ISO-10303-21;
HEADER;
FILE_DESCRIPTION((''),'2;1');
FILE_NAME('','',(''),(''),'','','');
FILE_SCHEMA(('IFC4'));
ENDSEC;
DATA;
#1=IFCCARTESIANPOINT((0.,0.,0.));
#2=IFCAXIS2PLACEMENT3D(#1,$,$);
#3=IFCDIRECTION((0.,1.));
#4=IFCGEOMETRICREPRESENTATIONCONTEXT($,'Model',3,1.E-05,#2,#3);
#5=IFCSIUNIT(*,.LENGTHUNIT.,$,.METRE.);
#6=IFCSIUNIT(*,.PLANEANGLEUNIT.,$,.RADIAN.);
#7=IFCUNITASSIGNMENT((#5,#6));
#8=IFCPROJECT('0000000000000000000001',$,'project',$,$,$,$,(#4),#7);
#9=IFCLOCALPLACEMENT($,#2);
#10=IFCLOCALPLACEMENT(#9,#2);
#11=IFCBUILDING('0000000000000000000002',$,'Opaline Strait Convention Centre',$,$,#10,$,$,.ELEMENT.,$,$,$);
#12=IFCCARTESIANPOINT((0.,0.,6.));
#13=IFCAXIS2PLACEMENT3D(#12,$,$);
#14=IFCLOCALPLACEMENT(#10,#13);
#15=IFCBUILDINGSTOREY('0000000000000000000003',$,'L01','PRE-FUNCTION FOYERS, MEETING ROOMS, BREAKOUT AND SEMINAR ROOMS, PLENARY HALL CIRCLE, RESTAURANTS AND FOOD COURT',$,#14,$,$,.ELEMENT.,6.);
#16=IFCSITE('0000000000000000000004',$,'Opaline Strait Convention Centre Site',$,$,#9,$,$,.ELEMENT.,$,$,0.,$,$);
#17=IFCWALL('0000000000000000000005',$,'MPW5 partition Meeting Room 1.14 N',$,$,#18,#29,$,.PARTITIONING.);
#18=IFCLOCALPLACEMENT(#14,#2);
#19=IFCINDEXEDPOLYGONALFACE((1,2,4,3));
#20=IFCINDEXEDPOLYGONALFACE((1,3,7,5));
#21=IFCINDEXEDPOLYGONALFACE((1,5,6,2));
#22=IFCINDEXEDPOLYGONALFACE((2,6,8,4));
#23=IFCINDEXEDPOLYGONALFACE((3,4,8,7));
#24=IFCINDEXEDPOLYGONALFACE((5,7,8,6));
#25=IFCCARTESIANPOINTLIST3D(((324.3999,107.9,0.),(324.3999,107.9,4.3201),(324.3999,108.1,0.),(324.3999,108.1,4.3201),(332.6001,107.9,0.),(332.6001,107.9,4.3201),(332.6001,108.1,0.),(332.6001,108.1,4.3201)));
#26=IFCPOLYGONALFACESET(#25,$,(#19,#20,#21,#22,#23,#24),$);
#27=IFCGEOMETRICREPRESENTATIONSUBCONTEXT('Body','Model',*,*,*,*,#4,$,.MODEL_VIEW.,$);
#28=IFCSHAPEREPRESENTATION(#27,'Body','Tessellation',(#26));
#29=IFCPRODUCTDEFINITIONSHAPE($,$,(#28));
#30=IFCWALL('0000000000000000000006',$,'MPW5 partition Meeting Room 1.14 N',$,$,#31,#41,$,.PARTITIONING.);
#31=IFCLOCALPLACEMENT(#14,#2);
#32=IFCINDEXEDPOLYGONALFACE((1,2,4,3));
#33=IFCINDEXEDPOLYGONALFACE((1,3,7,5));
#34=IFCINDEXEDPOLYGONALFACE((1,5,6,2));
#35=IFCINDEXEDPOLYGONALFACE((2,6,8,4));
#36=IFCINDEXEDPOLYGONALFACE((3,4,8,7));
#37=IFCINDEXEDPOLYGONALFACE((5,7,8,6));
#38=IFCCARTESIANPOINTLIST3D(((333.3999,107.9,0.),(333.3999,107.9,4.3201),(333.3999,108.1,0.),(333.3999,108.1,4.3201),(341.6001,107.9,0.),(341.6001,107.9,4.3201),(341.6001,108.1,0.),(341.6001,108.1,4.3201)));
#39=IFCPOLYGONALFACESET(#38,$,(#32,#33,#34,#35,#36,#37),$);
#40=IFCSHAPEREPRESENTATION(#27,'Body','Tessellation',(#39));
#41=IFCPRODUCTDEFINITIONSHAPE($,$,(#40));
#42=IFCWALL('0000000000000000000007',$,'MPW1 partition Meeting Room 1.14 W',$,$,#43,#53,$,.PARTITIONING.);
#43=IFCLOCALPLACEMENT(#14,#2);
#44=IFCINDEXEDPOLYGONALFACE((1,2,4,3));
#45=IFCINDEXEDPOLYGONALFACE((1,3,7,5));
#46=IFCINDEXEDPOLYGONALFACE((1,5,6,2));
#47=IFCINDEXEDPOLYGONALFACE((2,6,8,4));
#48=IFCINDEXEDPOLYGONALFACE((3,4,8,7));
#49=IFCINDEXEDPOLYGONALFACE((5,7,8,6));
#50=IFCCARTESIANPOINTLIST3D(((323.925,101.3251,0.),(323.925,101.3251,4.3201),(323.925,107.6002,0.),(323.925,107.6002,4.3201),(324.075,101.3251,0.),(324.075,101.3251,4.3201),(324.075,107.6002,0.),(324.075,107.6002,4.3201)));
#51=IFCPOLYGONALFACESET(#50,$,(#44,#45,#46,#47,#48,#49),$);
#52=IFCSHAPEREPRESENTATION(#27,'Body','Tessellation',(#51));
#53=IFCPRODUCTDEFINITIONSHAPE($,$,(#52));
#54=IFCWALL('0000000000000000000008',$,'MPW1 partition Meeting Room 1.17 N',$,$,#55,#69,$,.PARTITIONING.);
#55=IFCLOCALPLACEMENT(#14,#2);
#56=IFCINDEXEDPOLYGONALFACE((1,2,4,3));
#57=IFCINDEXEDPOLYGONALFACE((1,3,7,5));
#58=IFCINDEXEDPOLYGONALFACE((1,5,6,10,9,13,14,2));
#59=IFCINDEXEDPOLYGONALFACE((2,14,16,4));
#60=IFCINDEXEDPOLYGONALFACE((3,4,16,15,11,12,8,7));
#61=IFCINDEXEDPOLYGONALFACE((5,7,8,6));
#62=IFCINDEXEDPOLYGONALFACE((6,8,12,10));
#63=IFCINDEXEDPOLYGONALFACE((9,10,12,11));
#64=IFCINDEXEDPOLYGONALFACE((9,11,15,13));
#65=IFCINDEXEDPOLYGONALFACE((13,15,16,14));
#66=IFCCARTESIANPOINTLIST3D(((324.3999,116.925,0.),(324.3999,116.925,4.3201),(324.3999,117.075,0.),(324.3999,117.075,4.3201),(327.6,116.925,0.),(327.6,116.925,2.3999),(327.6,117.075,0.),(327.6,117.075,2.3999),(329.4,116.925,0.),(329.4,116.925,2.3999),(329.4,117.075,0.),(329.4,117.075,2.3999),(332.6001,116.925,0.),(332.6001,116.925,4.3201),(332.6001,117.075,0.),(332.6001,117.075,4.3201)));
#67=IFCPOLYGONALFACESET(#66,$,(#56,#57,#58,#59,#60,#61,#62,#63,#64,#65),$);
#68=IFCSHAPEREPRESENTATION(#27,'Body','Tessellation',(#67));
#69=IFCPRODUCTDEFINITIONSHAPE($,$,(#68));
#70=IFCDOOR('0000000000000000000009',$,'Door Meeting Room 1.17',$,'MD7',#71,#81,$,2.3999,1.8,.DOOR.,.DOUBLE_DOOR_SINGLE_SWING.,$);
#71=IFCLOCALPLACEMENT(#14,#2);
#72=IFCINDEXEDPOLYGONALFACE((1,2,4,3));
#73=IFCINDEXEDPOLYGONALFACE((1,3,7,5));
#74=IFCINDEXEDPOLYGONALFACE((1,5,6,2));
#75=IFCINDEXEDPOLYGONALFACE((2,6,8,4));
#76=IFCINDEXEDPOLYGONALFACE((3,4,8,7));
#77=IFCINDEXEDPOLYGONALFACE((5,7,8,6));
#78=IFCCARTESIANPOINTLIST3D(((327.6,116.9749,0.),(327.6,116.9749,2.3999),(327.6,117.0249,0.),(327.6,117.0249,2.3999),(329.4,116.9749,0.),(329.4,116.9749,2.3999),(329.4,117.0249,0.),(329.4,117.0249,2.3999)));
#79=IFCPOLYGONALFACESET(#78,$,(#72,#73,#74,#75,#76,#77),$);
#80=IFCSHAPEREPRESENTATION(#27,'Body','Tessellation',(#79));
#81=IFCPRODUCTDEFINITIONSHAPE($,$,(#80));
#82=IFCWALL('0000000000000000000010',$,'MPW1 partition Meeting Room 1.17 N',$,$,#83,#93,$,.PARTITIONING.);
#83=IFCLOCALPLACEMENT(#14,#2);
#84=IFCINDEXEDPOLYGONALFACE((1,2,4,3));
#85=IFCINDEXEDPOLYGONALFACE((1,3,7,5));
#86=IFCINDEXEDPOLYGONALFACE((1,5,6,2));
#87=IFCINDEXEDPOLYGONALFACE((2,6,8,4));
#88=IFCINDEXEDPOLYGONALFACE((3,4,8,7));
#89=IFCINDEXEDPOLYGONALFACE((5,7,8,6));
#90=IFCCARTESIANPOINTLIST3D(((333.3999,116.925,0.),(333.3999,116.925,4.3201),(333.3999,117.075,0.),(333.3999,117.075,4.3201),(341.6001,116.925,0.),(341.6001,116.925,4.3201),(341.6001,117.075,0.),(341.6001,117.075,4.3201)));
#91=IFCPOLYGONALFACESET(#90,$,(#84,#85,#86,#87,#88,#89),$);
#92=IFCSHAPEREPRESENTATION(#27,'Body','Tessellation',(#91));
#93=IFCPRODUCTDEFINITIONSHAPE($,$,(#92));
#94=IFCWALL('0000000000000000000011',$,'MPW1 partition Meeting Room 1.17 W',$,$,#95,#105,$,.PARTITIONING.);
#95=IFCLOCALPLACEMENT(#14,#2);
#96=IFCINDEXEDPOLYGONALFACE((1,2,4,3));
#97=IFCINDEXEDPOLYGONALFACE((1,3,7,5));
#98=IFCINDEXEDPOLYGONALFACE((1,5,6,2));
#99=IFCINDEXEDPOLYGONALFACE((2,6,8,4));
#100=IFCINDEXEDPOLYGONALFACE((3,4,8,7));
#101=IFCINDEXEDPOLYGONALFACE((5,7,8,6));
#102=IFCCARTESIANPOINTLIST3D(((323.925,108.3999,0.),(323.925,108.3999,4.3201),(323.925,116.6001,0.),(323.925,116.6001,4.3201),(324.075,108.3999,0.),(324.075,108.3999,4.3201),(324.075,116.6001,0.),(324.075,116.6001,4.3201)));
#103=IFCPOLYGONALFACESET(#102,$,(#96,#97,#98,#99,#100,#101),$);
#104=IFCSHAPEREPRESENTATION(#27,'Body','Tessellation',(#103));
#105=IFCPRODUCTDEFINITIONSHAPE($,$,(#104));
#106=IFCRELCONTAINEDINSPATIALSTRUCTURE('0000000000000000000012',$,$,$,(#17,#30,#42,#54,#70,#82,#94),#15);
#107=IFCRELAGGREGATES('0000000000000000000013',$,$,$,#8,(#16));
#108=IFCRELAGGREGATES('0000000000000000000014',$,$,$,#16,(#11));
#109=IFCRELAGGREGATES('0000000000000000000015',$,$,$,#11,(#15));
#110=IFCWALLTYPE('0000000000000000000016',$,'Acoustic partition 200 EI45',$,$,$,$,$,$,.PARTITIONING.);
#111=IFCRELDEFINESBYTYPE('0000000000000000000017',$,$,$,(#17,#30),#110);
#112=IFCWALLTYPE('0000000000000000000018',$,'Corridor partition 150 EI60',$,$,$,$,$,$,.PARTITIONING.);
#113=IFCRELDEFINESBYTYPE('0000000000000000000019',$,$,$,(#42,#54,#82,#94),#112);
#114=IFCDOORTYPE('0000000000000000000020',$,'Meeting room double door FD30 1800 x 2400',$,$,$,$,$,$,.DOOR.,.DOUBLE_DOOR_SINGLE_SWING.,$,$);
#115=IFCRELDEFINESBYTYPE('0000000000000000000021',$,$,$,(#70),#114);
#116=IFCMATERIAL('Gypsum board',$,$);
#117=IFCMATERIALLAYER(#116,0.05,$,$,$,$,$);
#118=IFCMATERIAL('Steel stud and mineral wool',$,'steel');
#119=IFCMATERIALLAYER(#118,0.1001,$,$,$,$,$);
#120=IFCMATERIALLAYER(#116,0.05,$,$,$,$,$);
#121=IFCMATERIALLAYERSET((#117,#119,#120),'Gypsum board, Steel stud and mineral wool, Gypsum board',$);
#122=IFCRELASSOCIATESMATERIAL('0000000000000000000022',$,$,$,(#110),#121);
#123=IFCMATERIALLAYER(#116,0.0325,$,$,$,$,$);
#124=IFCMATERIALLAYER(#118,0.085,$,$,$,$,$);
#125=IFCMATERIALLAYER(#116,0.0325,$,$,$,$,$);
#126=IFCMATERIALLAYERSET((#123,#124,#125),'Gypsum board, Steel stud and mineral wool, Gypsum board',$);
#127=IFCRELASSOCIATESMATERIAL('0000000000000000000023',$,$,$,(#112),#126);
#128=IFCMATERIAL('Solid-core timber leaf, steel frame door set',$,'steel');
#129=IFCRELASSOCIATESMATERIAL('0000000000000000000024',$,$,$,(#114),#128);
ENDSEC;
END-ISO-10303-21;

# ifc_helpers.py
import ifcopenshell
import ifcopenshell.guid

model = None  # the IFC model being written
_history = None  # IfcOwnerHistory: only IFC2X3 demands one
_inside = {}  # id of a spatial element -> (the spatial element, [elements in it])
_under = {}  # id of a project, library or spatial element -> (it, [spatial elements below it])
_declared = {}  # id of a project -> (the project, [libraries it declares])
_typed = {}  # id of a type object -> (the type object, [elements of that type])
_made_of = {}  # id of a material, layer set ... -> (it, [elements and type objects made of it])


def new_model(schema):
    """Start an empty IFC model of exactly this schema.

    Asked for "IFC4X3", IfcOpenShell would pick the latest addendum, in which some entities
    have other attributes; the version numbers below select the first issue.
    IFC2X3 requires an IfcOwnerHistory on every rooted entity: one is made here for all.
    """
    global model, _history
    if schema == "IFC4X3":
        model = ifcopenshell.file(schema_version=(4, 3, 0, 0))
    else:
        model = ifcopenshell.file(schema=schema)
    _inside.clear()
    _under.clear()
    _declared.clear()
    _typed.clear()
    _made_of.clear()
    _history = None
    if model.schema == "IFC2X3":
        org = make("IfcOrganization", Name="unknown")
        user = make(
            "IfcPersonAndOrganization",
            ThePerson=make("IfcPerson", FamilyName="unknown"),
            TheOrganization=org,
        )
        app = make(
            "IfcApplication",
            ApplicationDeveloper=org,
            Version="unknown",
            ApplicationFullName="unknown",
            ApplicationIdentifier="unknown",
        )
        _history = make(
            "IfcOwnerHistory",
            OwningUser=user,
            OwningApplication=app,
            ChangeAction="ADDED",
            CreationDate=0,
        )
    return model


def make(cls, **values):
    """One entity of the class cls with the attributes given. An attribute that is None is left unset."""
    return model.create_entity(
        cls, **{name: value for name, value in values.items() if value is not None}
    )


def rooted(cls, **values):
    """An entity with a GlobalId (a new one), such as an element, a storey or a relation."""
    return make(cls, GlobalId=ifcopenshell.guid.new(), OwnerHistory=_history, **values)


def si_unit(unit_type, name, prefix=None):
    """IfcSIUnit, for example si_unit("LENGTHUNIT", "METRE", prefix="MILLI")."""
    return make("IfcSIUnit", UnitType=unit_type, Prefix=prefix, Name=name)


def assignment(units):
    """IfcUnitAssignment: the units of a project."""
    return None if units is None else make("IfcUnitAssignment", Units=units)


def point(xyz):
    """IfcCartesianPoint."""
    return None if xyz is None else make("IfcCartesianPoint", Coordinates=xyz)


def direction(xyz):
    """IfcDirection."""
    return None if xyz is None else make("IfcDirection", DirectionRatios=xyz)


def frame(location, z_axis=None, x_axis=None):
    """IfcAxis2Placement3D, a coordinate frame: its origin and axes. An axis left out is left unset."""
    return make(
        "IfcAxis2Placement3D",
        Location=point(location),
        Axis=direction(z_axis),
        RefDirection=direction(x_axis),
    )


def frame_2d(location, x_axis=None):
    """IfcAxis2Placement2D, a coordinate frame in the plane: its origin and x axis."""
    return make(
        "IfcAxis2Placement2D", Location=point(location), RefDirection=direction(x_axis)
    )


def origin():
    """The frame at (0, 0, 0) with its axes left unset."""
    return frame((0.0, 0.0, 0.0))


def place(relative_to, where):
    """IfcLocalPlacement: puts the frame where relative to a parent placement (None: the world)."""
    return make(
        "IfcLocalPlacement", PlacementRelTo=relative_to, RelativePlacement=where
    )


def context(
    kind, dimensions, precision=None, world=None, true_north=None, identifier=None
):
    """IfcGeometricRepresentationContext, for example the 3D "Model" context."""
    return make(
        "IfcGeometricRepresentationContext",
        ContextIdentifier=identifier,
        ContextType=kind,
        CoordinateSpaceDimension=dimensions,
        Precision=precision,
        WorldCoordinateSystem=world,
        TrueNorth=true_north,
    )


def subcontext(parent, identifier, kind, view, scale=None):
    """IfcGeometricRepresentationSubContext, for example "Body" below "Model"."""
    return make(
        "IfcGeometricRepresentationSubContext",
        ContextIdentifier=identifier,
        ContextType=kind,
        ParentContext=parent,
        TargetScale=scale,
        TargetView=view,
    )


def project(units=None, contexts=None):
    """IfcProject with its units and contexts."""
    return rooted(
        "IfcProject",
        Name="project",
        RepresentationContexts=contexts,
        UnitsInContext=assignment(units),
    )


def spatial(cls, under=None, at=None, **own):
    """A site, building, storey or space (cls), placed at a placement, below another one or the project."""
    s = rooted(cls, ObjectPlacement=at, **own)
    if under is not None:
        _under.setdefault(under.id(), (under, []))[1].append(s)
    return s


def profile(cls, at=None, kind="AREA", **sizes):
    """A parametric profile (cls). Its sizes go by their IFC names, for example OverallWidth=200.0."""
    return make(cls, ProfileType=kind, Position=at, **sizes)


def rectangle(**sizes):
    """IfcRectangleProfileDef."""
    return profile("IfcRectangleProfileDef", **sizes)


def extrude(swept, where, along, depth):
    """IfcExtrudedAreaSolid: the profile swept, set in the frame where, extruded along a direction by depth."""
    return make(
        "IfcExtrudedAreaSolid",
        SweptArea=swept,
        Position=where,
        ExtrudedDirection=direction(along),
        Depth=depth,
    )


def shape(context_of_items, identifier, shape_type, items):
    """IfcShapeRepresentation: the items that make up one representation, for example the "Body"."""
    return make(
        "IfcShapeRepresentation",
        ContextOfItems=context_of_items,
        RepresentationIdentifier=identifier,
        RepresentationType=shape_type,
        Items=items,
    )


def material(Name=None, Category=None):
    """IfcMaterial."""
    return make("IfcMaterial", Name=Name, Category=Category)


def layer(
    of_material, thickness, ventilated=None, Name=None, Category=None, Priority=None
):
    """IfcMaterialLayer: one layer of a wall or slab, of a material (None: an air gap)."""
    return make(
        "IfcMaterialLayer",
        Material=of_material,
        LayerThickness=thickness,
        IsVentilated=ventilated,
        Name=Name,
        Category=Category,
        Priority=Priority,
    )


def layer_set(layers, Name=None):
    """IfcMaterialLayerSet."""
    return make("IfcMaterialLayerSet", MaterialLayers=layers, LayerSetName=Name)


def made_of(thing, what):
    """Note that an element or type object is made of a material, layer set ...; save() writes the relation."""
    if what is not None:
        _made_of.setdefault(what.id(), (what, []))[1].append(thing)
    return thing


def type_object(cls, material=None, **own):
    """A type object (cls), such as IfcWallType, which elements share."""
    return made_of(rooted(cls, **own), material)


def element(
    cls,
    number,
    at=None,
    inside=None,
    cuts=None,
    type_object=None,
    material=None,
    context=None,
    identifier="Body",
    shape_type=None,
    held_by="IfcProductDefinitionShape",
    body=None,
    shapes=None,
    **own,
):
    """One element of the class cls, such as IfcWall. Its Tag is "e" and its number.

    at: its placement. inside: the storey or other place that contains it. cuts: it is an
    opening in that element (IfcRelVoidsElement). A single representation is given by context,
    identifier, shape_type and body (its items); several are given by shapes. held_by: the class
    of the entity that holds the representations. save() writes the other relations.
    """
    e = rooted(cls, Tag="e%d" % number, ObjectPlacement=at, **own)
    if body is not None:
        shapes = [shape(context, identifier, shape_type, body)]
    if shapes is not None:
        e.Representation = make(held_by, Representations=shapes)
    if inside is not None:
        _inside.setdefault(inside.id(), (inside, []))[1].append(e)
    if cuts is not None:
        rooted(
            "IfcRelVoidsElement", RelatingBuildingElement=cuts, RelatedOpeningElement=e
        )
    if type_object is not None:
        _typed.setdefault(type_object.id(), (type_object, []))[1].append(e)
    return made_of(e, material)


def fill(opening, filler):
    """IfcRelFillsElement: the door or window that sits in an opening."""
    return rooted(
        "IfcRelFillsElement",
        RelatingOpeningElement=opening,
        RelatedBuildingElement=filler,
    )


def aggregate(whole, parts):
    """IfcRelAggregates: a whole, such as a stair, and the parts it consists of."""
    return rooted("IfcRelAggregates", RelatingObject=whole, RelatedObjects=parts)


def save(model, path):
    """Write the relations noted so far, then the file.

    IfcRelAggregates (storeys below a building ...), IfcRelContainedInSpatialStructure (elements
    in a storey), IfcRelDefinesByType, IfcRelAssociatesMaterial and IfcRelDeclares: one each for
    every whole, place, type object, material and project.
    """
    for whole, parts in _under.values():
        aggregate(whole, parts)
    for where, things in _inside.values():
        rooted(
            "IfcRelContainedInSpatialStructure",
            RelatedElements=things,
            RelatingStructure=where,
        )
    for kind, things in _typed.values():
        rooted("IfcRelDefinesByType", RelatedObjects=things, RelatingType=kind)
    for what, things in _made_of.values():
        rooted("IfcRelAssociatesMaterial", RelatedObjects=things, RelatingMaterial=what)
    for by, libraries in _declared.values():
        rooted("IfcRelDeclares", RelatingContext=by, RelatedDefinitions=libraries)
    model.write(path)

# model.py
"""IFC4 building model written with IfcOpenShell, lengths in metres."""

from ifc_helpers import new_model, si_unit, direction, frame, frame_2d, origin, place, context, subcontext, project, spatial, rectangle, extrude, material, layer, layer_set, type_object, element, fill, save


model = new_model("IFC4")

# Units and contexts
model_context = context("Model", 3, precision=1e-05, world=origin(), true_north=direction((0.0, 1.0)))
body_context = subcontext(model_context, "Body", "Model", "MODEL_VIEW")
ifc_project = project(units=[si_unit("LENGTHUNIT", "METRE"), si_unit("PLANEANGLEUNIT", "RADIAN")], contexts=[model_context])

# Site, building, storey
site_placement = place(None, origin())
site = spatial("IfcSite", under=ifc_project, at=site_placement, Name="Opaline Strait Convention Centre Site", CompositionType="ELEMENT", RefElevation=0.0)
building_placement = place(site_placement, origin())
building = spatial("IfcBuilding", under=site, at=building_placement, Name="Opaline Strait Convention Centre", CompositionType="ELEMENT")
storey_placement = place(building_placement, frame((0.0, 0.0, 6.0)))
storey = spatial("IfcBuildingStorey", under=building, at=storey_placement, Name="L01", Description="PRE-FUNCTION FOYERS, MEETING ROOMS, BREAKOUT AND SEMINAR ROOMS, PLENARY HALL CIRCLE, RESTAURANTS AND FOOD COURT", CompositionType="ELEMENT", Elevation=6.0)

# Walls
ifc_material_1 = material(Name="Gypsum board")
ifc_layer_1 = layer(ifc_material_1, 0.05)
ifc_material_2 = material(Name="Steel stud and mineral wool", Category="steel")
ifc_layer_2 = layer(ifc_material_2, 0.1001)
ifc_layer_3 = layer(ifc_material_1, 0.05)
ifc_layer_set_1 = layer_set([ifc_layer_1, ifc_layer_2, ifc_layer_3], Name="Gypsum board, Steel stud and mineral wool, Gypsum board")
wall_type_1 = type_object("IfcWallType", Name="Acoustic partition 200 EI45", PredefinedType="PARTITIONING", material=ifc_layer_set_1)
for number, where, z_axis, x_axis, name in (
    (1, (324.3999, 108.0, 0.0), (0.0, 0.0, 1.0), (1.0, 0.0, 0.0), "MPW5 partition Meeting Room 1.14 N"),
    (2, (333.3999, 108.0, 0.0), (0.0, 0.0, 1.0), (1.0, 0.0, 0.0), "MPW5 partition Meeting Room 1.14 N"),
):
    element("IfcWall", number, at=place(storey_placement, frame(where, z_axis=z_axis, x_axis=x_axis)), inside=storey, type_object=wall_type_1, Name=name, PredefinedType="PARTITIONING", context=body_context, shape_type="SweptSolid", body=[
        extrude(rectangle(XDim=8.2002, YDim=0.2, at=frame_2d((4.1001, 0.0))), origin(), (0.0, 0.0, 1.0), 4.3201),
    ])
ifc_layer_4 = layer(ifc_material_1, 0.0325)
ifc_layer_5 = layer(ifc_material_2, 0.085)
ifc_layer_6 = layer(ifc_material_1, 0.0325)
ifc_layer_set_2 = layer_set([ifc_layer_4, ifc_layer_5, ifc_layer_6], Name="Gypsum board, Steel stud and mineral wool, Gypsum board")
wall_type_2 = type_object("IfcWallType", Name="Corridor partition 150 EI60", PredefinedType="PARTITIONING", material=ifc_layer_set_2)
wall_1_placement = place(storey_placement, frame((324.0, 101.325, 0.0), z_axis=(0.0, 0.0, 1.0), x_axis=(0.0, 1.0, 0.0)))
element("IfcWall", 3, at=wall_1_placement, inside=storey, type_object=wall_type_2, Name="MPW1 partition Meeting Room 1.14 W", PredefinedType="PARTITIONING", context=body_context, shape_type="SweptSolid", body=[
    extrude(rectangle(XDim=6.2751, YDim=0.1499, at=frame_2d((3.1377, 0.0))), origin(), (0.0, 0.0, 1.0), 4.3201),
])

# Wall, opening, door
wall_2_placement = place(storey_placement, frame((324.3999, 117.0, 0.0), z_axis=(0.0, 0.0, 1.0), x_axis=(1.0, 0.0, 0.0)))
wall_2 = element("IfcWall", 4, at=wall_2_placement, inside=storey, type_object=wall_type_2, Name="MPW1 partition Meeting Room 1.17 N", PredefinedType="PARTITIONING", context=body_context, shape_type="SweptSolid", body=[
    extrude(rectangle(XDim=8.2002, YDim=0.1499, at=frame_2d((4.1001, 0.0))), origin(), (0.0, 0.0, 1.0), 4.3201),
])
opening_placement = place(wall_2_placement, frame((3.2002, 0.0, 0.0)))
opening = element("IfcOpeningElement", 5, at=opening_placement, cuts=wall_2, PredefinedType="OPENING", context=body_context, shape_type="SweptSolid", body=[
    extrude(rectangle(XDim=1.8, YDim=2.3999, at=frame_2d((0.8999, 1.2))), frame((0.0, 0.085, 0.0), z_axis=(0.0, -1.0, 0.0), x_axis=(1.0, 0.0, 0.0)), (0.0, 0.0, 1.0), 0.1699),
])
ifc_material_3 = material(Name="Solid-core timber leaf, steel frame door set", Category="steel")
door_type = type_object("IfcDoorType", Name="Meeting room double door FD30 1800 x 2400", OperationType="DOUBLE_DOOR_SINGLE_SWING", PredefinedType="DOOR", material=ifc_material_3)
door_placement = place(opening_placement, origin())
door = element("IfcDoor", 6, at=door_placement, inside=storey, type_object=door_type, Name="Door Meeting Room 1.17", ObjectType="MD7", OperationType="DOUBLE_DOOR_SINGLE_SWING", OverallHeight=2.3999, OverallWidth=1.8, PredefinedType="DOOR", context=body_context, shape_type="SweptSolid", body=[
    extrude(rectangle(XDim=1.8, YDim=2.3999, at=frame_2d((0.8999, 1.2))), frame((0.0, 0.0249, 0.0), z_axis=(0.0, -1.0, 0.0), x_axis=(1.0, 0.0, 0.0)), (0.0, 0.0, 1.0), 0.05),
])
fill(opening, door)

# Walls
for number, where, z_axis, x_axis, name in (
    (7, (333.3999, 117.0, 0.0), (0.0, 0.0, 1.0), (1.0, 0.0, 0.0), "MPW1 partition Meeting Room 1.17 N"),
    (8, (324.0, 108.3999, 0.0), (0.0, 0.0, 1.0), (0.0, 1.0, 0.0), "MPW1 partition Meeting Room 1.17 W"),
):
    element("IfcWall", number, at=place(storey_placement, frame(where, z_axis=z_axis, x_axis=x_axis)), inside=storey, type_object=wall_type_2, Name=name, PredefinedType="PARTITIONING", context=body_context, shape_type="SweptSolid", body=[
        extrude(rectangle(XDim=8.2002, YDim=0.1499, at=frame_2d((4.1001, 0.0))), origin(), (0.0, 0.0, 1.0), 4.3201),
    ])

save(model, "model.ifc")
